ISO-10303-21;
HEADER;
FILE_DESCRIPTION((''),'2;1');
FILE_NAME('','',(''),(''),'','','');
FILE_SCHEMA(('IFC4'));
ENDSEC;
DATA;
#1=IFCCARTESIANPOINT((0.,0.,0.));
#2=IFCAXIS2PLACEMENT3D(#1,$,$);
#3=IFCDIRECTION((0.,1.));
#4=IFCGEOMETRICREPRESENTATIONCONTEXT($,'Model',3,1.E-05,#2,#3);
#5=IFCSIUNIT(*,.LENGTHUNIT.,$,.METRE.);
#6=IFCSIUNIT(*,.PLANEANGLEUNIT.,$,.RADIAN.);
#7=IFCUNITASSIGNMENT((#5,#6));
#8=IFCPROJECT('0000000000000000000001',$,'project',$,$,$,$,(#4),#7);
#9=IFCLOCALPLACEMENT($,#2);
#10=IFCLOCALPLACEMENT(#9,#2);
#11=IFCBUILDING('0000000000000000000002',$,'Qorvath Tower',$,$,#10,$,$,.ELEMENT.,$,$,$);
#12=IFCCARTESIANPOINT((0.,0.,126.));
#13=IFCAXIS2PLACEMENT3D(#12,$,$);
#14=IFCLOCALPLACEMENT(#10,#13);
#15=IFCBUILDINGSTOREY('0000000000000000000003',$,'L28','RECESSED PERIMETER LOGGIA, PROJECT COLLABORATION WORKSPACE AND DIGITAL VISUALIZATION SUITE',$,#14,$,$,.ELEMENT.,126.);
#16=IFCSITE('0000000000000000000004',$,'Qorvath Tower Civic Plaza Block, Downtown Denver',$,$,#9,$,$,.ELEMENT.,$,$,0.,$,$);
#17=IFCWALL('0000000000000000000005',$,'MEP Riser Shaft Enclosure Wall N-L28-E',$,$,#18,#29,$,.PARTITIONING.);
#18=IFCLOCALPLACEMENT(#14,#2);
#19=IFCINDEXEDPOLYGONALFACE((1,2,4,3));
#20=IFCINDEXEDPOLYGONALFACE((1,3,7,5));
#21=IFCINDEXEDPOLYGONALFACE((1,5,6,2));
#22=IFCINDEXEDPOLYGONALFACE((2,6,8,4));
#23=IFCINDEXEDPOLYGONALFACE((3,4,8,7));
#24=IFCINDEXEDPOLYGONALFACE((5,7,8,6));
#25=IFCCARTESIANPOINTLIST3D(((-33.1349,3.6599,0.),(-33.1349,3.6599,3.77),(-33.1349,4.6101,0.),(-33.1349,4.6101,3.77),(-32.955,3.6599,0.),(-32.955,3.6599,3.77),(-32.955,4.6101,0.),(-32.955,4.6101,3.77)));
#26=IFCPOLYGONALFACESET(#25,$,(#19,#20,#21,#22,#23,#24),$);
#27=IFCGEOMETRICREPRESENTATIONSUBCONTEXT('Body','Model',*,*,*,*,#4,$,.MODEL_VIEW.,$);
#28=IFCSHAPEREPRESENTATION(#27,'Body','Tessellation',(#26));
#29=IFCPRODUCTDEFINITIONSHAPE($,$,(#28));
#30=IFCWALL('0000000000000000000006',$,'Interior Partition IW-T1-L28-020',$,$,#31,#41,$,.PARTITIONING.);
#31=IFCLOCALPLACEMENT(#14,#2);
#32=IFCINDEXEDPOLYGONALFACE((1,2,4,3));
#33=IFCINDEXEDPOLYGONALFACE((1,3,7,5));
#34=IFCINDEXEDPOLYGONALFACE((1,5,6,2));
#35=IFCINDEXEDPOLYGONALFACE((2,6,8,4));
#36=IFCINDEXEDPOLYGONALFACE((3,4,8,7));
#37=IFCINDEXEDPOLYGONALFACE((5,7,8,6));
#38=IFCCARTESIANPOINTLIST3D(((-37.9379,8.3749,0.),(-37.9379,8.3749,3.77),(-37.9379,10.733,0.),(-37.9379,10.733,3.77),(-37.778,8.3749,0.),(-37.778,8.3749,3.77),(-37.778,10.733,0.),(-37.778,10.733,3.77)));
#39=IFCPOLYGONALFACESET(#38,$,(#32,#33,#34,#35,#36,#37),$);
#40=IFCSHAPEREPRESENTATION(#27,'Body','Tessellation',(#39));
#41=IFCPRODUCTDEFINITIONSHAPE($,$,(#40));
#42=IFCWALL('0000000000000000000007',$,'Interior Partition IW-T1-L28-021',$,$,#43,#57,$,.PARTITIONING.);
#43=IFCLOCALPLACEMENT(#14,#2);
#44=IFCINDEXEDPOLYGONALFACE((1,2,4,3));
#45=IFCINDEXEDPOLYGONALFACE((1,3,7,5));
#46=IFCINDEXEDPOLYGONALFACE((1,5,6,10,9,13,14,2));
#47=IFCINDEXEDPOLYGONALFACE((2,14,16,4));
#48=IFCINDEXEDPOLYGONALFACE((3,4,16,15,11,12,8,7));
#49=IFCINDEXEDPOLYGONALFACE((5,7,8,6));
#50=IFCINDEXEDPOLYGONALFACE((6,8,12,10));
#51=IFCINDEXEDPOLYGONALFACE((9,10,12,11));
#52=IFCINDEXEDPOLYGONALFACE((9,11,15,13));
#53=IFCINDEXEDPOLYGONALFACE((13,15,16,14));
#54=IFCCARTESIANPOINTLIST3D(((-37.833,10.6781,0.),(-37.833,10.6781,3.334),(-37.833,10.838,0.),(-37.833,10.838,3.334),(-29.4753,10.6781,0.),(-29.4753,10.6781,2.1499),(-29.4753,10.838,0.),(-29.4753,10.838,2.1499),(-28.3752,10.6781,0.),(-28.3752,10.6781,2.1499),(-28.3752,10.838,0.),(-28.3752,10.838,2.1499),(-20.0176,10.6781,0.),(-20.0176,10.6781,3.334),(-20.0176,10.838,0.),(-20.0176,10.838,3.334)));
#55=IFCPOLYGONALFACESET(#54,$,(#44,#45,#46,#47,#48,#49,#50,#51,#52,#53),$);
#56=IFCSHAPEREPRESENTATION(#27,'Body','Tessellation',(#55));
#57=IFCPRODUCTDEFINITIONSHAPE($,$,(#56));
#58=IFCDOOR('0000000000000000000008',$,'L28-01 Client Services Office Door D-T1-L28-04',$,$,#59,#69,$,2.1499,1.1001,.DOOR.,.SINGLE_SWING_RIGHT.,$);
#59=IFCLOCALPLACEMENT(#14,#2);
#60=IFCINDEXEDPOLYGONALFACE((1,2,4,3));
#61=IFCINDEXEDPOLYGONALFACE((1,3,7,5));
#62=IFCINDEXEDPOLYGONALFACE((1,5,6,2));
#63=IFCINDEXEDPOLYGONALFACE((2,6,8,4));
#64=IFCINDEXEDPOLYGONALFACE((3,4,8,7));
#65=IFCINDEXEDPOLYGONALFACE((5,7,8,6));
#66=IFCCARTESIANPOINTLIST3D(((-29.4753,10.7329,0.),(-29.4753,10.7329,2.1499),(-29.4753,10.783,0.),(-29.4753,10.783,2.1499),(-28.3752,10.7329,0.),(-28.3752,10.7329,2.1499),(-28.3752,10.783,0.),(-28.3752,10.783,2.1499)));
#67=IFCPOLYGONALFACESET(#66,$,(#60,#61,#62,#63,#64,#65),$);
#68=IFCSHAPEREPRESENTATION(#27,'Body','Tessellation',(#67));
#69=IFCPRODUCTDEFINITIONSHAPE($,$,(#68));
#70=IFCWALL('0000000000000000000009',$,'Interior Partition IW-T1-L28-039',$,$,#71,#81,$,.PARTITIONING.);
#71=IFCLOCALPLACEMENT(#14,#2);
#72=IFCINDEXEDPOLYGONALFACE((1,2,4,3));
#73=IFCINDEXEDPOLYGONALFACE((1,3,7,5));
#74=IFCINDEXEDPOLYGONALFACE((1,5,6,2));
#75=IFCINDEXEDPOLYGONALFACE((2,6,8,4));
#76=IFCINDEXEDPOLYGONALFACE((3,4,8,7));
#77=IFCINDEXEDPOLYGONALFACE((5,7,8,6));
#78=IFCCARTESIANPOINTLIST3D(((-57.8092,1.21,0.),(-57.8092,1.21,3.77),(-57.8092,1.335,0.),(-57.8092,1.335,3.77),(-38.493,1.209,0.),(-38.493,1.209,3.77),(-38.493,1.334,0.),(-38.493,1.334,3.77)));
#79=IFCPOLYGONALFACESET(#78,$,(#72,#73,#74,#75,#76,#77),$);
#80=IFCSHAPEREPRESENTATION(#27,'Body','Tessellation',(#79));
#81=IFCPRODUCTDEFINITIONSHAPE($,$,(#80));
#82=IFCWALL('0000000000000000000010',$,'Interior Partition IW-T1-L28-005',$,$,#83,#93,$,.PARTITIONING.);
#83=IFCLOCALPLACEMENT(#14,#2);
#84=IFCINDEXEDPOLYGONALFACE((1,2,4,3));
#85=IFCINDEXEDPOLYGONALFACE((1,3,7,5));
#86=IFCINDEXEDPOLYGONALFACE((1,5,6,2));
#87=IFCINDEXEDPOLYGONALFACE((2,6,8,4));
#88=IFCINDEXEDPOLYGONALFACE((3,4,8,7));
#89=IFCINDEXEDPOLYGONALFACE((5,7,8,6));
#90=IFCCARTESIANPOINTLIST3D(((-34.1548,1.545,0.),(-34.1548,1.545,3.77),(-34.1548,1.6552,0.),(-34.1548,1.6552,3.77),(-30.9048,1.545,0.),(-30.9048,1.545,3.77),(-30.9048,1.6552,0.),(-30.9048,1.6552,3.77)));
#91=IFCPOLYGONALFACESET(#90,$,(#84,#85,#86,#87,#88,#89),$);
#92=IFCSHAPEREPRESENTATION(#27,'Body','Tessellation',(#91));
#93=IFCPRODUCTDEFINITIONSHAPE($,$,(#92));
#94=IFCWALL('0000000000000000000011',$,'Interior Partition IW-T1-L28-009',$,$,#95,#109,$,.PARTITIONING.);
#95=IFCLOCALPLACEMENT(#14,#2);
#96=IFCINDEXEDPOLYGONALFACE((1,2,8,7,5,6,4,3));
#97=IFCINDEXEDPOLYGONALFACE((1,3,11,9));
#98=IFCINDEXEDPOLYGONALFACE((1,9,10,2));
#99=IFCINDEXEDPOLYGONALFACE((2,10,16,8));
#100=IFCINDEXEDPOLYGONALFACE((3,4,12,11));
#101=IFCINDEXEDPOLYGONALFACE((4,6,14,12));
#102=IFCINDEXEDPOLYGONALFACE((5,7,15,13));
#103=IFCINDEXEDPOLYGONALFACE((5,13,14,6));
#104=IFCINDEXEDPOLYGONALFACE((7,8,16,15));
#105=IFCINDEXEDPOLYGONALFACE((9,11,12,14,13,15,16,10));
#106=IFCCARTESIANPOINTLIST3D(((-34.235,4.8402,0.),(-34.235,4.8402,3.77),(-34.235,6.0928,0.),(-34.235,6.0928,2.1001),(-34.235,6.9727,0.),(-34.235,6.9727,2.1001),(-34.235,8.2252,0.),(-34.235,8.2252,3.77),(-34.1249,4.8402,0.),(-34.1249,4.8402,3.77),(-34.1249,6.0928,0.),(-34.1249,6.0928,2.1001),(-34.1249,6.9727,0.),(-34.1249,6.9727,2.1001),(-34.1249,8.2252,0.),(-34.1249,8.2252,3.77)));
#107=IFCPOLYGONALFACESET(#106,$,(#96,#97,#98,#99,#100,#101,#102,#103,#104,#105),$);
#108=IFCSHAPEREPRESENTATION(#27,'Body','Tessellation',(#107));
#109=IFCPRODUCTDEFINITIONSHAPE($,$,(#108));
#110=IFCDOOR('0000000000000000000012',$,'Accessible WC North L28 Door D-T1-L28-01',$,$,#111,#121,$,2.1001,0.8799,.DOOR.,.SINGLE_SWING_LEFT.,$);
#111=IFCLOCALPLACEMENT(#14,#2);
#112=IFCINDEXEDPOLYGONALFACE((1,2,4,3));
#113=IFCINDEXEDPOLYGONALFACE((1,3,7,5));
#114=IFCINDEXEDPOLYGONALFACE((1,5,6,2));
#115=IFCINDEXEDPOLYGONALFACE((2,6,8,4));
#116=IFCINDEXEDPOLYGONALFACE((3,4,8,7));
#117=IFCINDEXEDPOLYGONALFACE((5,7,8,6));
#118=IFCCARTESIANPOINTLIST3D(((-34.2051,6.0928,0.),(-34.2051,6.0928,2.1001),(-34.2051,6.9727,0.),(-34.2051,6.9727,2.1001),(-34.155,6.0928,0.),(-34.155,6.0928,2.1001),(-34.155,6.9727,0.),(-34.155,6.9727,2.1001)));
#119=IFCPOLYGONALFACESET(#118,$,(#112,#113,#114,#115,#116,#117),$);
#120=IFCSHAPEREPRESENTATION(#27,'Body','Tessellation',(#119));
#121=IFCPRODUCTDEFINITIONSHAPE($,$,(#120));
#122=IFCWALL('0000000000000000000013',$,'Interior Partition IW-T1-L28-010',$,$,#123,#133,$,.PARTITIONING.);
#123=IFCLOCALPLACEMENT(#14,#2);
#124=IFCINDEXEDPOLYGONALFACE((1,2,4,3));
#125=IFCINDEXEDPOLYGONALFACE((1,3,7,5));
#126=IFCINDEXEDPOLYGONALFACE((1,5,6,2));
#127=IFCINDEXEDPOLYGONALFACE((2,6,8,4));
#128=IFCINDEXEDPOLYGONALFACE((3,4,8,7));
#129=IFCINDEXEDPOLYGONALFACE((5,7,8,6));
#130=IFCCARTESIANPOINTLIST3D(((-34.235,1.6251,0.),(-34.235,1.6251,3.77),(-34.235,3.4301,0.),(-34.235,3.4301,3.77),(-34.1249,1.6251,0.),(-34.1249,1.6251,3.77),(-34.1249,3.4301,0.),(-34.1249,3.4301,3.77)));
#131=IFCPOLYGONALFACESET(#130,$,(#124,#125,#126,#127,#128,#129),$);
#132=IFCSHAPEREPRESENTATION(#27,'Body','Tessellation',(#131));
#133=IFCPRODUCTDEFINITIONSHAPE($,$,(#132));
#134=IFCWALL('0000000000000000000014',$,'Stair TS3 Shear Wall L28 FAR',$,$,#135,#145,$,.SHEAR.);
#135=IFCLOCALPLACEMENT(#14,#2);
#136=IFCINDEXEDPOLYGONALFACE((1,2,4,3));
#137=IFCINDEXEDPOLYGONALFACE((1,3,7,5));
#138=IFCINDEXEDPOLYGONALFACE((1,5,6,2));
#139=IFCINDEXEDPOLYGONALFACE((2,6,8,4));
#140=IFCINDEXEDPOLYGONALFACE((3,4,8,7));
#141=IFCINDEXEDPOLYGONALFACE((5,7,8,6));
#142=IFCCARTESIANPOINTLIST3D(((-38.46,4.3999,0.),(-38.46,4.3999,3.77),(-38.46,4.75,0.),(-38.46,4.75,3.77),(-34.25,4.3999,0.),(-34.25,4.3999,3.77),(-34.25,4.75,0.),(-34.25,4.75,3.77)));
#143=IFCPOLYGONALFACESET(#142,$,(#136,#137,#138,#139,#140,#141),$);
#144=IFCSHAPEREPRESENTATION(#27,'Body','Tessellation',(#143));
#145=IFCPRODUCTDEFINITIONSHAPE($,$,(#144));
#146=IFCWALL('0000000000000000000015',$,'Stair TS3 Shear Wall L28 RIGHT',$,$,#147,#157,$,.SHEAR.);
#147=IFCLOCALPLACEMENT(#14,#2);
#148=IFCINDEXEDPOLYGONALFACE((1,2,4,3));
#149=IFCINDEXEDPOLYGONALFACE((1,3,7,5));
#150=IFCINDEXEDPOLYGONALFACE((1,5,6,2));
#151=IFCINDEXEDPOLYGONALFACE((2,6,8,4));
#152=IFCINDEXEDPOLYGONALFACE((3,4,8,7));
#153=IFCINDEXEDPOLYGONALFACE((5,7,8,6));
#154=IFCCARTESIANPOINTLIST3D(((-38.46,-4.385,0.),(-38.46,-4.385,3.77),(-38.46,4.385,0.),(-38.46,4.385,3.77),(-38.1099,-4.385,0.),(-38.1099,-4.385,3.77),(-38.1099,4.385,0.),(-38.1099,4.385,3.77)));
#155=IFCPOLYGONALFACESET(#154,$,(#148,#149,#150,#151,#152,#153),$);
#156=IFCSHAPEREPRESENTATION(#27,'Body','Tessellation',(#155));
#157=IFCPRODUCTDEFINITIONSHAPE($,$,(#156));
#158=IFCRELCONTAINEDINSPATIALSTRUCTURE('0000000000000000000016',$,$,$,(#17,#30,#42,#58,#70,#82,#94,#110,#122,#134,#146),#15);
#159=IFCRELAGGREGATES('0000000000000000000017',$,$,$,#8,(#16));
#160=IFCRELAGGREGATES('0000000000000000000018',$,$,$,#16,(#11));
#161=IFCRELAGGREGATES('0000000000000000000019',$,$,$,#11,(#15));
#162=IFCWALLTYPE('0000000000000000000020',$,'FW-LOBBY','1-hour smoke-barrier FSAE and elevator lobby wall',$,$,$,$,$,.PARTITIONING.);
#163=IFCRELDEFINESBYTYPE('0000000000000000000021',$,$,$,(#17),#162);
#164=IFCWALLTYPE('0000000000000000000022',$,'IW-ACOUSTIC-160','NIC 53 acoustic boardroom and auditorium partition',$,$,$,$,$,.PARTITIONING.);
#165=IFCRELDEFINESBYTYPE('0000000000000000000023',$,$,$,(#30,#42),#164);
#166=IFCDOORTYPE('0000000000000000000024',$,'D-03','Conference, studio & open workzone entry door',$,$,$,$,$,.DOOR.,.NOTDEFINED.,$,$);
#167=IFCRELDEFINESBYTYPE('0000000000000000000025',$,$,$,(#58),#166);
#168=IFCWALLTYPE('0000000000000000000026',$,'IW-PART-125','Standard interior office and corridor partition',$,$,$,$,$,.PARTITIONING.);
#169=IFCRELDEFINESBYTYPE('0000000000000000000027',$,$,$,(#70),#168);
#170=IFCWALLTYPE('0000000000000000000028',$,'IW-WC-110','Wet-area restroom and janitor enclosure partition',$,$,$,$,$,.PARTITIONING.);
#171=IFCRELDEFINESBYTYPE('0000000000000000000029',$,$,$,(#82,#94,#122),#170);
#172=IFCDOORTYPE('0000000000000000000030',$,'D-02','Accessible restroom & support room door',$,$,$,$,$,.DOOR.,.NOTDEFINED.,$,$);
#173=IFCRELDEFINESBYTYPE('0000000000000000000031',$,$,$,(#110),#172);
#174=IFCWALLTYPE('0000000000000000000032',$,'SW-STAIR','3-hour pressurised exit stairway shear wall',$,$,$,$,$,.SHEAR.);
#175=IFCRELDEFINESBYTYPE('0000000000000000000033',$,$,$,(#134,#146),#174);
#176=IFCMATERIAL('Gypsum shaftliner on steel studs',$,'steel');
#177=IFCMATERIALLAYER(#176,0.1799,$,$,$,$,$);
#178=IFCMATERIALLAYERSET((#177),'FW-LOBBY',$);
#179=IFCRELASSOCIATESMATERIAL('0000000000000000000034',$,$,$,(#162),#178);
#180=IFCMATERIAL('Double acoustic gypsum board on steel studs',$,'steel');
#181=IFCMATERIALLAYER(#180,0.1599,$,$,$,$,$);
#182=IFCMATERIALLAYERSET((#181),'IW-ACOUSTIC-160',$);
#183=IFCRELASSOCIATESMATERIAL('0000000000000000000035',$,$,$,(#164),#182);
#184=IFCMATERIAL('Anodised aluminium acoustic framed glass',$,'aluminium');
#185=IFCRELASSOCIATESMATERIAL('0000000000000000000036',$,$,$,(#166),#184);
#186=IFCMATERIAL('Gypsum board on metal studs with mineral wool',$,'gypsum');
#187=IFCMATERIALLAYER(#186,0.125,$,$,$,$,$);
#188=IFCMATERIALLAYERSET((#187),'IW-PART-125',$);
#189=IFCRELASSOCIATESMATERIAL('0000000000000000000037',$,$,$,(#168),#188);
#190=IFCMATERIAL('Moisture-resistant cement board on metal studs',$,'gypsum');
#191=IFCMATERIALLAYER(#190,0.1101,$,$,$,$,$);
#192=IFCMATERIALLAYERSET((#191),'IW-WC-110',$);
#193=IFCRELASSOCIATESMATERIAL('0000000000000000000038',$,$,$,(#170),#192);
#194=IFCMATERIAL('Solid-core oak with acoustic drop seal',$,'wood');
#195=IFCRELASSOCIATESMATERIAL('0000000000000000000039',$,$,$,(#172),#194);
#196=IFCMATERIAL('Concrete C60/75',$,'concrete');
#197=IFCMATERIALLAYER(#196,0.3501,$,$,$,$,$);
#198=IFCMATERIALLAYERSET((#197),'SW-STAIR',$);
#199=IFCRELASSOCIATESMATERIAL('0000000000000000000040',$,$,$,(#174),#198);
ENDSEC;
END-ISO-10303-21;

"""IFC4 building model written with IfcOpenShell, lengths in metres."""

from ifc_helpers import new_model, si_unit, direction, frame, frame_2d, origin, place, context, subcontext, project, spatial, rectangle, extrude, material, layer, layer_set, type_object, element, fill, save


model = new_model("IFC4")

# Units and contexts
model_context = context("Model", 3, precision=1e-05, world=origin(), true_north=direction((0.0, 1.0)))
body_context = subcontext(model_context, "Body", "Model", "MODEL_VIEW")
ifc_project = project(units=[si_unit("LENGTHUNIT", "METRE"), si_unit("PLANEANGLEUNIT", "RADIAN")], contexts=[model_context])

# Site, building, storey
site_placement = place(None, origin())
site = spatial("IfcSite", under=ifc_project, at=site_placement, Name="Qorvath Tower Civic Plaza Block, Downtown Denver", CompositionType="ELEMENT", RefElevation=0.0)
building_placement = place(site_placement, origin())
building = spatial("IfcBuilding", under=site, at=building_placement, Name="Qorvath Tower", CompositionType="ELEMENT")
storey_placement = place(building_placement, frame((0.0, 0.0, 126.0)))
storey = spatial("IfcBuildingStorey", under=building, at=storey_placement, Name="L28", Description="RECESSED PERIMETER LOGGIA, PROJECT COLLABORATION WORKSPACE AND DIGITAL VISUALIZATION SUITE", CompositionType="ELEMENT", Elevation=126.0)

# Walls
ifc_material_1 = material(Name="Gypsum shaftliner on steel studs", Category="steel")
ifc_layer_1 = layer(ifc_material_1, 0.1799)
ifc_layer_set_1 = layer_set([ifc_layer_1], Name="FW-LOBBY")
wall_type_1 = type_object("IfcWallType", Name="FW-LOBBY", Description="1-hour smoke-barrier FSAE and elevator lobby wall", PredefinedType="PARTITIONING", material=ifc_layer_set_1)
for number, where, z_axis, x_axis, name in (
    (1, (-33.0449, 4.6101, 0.0), (0.0, 0.0, 1.0), (0.0, -1.0, 0.0), "MEP Riser Shaft Enclosure Wall N-L28-E"),
):
    element("IfcWall", number, at=place(storey_placement, frame(where, z_axis=z_axis, x_axis=x_axis)), inside=storey, type_object=wall_type_1, Name=name, PredefinedType="PARTITIONING", context=body_context, shape_type="SweptSolid", body=[
        extrude(rectangle(XDim=0.9502, YDim=0.1799, at=frame_2d((0.4751, 0.0))), origin(), (0.0, 0.0, 1.0), 3.77),
    ])
ifc_material_2 = material(Name="Double acoustic gypsum board on steel studs", Category="steel")
ifc_layer_2 = layer(ifc_material_2, 0.1599)
ifc_layer_set_2 = layer_set([ifc_layer_2], Name="IW-ACOUSTIC-160")
wall_type_2 = type_object("IfcWallType", Name="IW-ACOUSTIC-160", Description="NIC 53 acoustic boardroom and auditorium partition", PredefinedType="PARTITIONING", material=ifc_layer_set_2)
wall_1_placement = place(storey_placement, frame((-37.8579, 10.7332, 0.0), z_axis=(0.0, 0.0, 1.0), x_axis=(0.0, -1.0, 0.0)))
element("IfcWall", 2, at=wall_1_placement, inside=storey, type_object=wall_type_2, Name="Interior Partition IW-T1-L28-020", PredefinedType="PARTITIONING", context=body_context, shape_type="SweptSolid", body=[
    extrude(rectangle(XDim=2.3582, YDim=0.1599, at=frame_2d((1.1792, 0.0))), origin(), (0.0, 0.0, 1.0), 3.77),
])

# Wall, opening, door
wall_2_placement = place(storey_placement, frame((-37.833, 10.7581, 0.0), z_axis=(0.0, 0.0, 1.0), x_axis=(1.0, 0.0, 0.0)))
wall_2 = element("IfcWall", 3, at=wall_2_placement, inside=storey, type_object=wall_type_2, Name="Interior Partition IW-T1-L28-021", PredefinedType="PARTITIONING", context=body_context, shape_type="SweptSolid", body=[
    extrude(rectangle(XDim=17.8154, YDim=0.1599, at=frame_2d((8.9077, 0.0))), origin(), (0.0, 0.0, 1.0), 3.334),
])
opening_1_placement = place(wall_2_placement, frame((8.3577, 0.0, 0.0)))
opening_1 = element("IfcOpeningElement", 4, at=opening_1_placement, cuts=wall_2, PredefinedType="OPENING", context=body_context, shape_type="SweptSolid", body=[
    extrude(rectangle(XDim=1.1001, YDim=2.1499, at=frame_2d((0.55, 1.075))), frame((0.0, 0.0898, 0.0), z_axis=(0.0, -1.0, 0.0), x_axis=(1.0, 0.0, 0.0)), (0.0, 0.0, 1.0), 0.1799),
])
ifc_material_3 = material(Name="Anodised aluminium acoustic framed glass", Category="aluminium")
door_type_1 = type_object("IfcDoorType", Name="D-03", Description="Conference, studio & open workzone entry door", OperationType="NOTDEFINED", PredefinedType="DOOR", material=ifc_material_3)
door_1_placement = place(opening_1_placement, origin())
door_1 = element("IfcDoor", 5, at=door_1_placement, inside=storey, type_object=door_type_1, Name="L28-01 Client Services Office Door D-T1-L28-04", OperationType="SINGLE_SWING_RIGHT", OverallHeight=2.1499, OverallWidth=1.1001, PredefinedType="DOOR", context=body_context, shape_type="SweptSolid", body=[
    extrude(rectangle(XDim=1.1001, YDim=2.1499, at=frame_2d((0.55, 1.075))), frame((0.0, 0.0249, 0.0), z_axis=(0.0, -1.0, 0.0), x_axis=(1.0, 0.0, 0.0)), (0.0, 0.0, 1.0), 0.05),
])
fill(opening_1, door_1)

# Walls
ifc_material_4 = material(Name="Gypsum board on metal studs with mineral wool", Category="gypsum")
ifc_layer_3 = layer(ifc_material_4, 0.125)
ifc_layer_set_3 = layer_set([ifc_layer_3], Name="IW-PART-125")
wall_type_3 = type_object("IfcWallType", Name="IW-PART-125", Description="Standard interior office and corridor partition", PredefinedType="PARTITIONING", material=ifc_layer_set_3)
wall_3_placement = place(storey_placement, frame((-38.4929, 1.2715, 0.0), z_axis=(0.0, 0.0, 1.0), x_axis=(-1.0, 0.000051, 0.0)))
element("IfcWall", 6, at=wall_3_placement, inside=storey, type_object=wall_type_3, Name="Interior Partition IW-T1-L28-039", PredefinedType="PARTITIONING", context=body_context, shape_type="SweptSolid", body=[
    extrude(rectangle(XDim=19.3162, YDim=0.125, at=frame_2d((9.6582, 0.0))), origin(), (0.0, 0.0, 1.0), 3.77),
])
ifc_material_5 = material(Name="Moisture-resistant cement board on metal studs", Category="gypsum")
ifc_layer_4 = layer(ifc_material_5, 0.1101)
ifc_layer_set_4 = layer_set([ifc_layer_4], Name="IW-WC-110")
wall_type_4 = type_object("IfcWallType", Name="IW-WC-110", Description="Wet-area restroom and janitor enclosure partition", PredefinedType="PARTITIONING", material=ifc_layer_set_4)
wall_4_placement = place(storey_placement, frame((-34.1548, 1.6001, 0.0), z_axis=(0.0, 0.0, 1.0), x_axis=(1.0, 0.0, 0.0)))
element("IfcWall", 7, at=wall_4_placement, inside=storey, type_object=wall_type_4, Name="Interior Partition IW-T1-L28-005", PredefinedType="PARTITIONING", context=body_context, shape_type="SweptSolid", body=[
    extrude(rectangle(XDim=3.25, YDim=0.1101, at=frame_2d((1.625, 0.0))), origin(), (0.0, 0.0, 1.0), 3.77),
])

# Wall, opening, door
wall_5_placement = place(storey_placement, frame((-34.1799, 8.2251, 0.0), z_axis=(0.0, 0.0, 1.0), x_axis=(0.0, -1.0, 0.0)))
wall_5 = element("IfcWall", 8, at=wall_5_placement, inside=storey, type_object=wall_type_4, Name="Interior Partition IW-T1-L28-009", PredefinedType="PARTITIONING", context=body_context, shape_type="SweptSolid", body=[
    extrude(rectangle(XDim=3.385, YDim=0.1101, at=frame_2d((1.6924, 0.0))), origin(), (0.0, 0.0, 1.0), 3.77),
])
opening_2_placement = place(wall_5_placement, frame((1.2524, 0.0, 0.0)))
opening_2 = element("IfcOpeningElement", 9, at=opening_2_placement, cuts=wall_5, PredefinedType="OPENING", context=body_context, shape_type="SweptSolid", body=[
    extrude(rectangle(XDim=0.8799, YDim=2.1001, at=frame_2d((0.4399, 1.05))), frame((0.0, 0.0649, 0.0), z_axis=(0.0, -1.0, 0.0), x_axis=(1.0, 0.0, 0.0)), (0.0, 0.0, 1.0), 0.1301),
])
ifc_material_6 = material(Name="Solid-core oak with acoustic drop seal", Category="wood")
door_type_2 = type_object("IfcDoorType", Name="D-02", Description="Accessible restroom & support room door", OperationType="NOTDEFINED", PredefinedType="DOOR", material=ifc_material_6)
door_2_placement = place(opening_2_placement, origin())
door_2 = element("IfcDoor", 10, at=door_2_placement, inside=storey, type_object=door_type_2, Name="Accessible WC North L28 Door D-T1-L28-01", OperationType="SINGLE_SWING_LEFT", OverallHeight=2.1001, OverallWidth=0.8799, PredefinedType="DOOR", context=body_context, shape_type="SweptSolid", body=[
    extrude(rectangle(XDim=0.8799, YDim=2.1001, at=frame_2d((0.4399, 1.05))), frame((0.0, 0.0249, 0.0), z_axis=(0.0, -1.0, 0.0), x_axis=(1.0, 0.0, 0.0)), (0.0, 0.0, 1.0), 0.05),
])
fill(opening_2, door_2)

# Walls
wall_6_placement = place(storey_placement, frame((-34.1799, 3.4299, 0.0), z_axis=(0.0, 0.0, 1.0), x_axis=(0.0, -1.0, 0.0)))
element("IfcWall", 11, at=wall_6_placement, inside=storey, type_object=wall_type_4, Name="Interior Partition IW-T1-L28-010", PredefinedType="PARTITIONING", context=body_context, shape_type="SweptSolid", body=[
    extrude(rectangle(XDim=1.8049, YDim=0.1101, at=frame_2d((0.9023, 0.0))), origin(), (0.0, 0.0, 1.0), 3.77),
])
ifc_material_7 = material(Name="Concrete C60/75", Category="concrete")
ifc_layer_5 = layer(ifc_material_7, 0.3501)
ifc_layer_set_5 = layer_set([ifc_layer_5], Name="SW-STAIR")
wall_type_5 = type_object("IfcWallType", Name="SW-STAIR", Description="3-hour pressurised exit stairway shear wall", PredefinedType="SHEAR", material=ifc_layer_set_5)
wall_7_placement = place(storey_placement, frame((-34.25, 4.575, 0.0), z_axis=(0.0, 0.0, 1.0), x_axis=(-1.0, 0.0, 0.0)))
element("IfcWall", 12, at=wall_7_placement, inside=storey, type_object=wall_type_5, Name="Stair TS3 Shear Wall L28 FAR", PredefinedType="SHEAR", context=body_context, shape_type="SweptSolid", body=[
    extrude(rectangle(XDim=4.21, YDim=0.3501, at=frame_2d((2.105, 0.0))), origin(), (0.0, 0.0, 1.0), 3.77),
])
wall_8_placement = place(storey_placement, frame((-38.2849, 4.385, 0.0), z_axis=(0.0, 0.0, 1.0), x_axis=(0.0, -1.0, 0.0)))
element("IfcWall", 13, at=wall_8_placement, inside=storey, type_object=wall_type_5, Name="Stair TS3 Shear Wall L28 RIGHT", PredefinedType="SHEAR", context=body_context, shape_type="SweptSolid", body=[
    extrude(rectangle(XDim=8.77, YDim=0.3501, at=frame_2d((4.385, 0.0))), origin(), (0.0, 0.0, 1.0), 3.77),
])

save(model, "model.ifc")
